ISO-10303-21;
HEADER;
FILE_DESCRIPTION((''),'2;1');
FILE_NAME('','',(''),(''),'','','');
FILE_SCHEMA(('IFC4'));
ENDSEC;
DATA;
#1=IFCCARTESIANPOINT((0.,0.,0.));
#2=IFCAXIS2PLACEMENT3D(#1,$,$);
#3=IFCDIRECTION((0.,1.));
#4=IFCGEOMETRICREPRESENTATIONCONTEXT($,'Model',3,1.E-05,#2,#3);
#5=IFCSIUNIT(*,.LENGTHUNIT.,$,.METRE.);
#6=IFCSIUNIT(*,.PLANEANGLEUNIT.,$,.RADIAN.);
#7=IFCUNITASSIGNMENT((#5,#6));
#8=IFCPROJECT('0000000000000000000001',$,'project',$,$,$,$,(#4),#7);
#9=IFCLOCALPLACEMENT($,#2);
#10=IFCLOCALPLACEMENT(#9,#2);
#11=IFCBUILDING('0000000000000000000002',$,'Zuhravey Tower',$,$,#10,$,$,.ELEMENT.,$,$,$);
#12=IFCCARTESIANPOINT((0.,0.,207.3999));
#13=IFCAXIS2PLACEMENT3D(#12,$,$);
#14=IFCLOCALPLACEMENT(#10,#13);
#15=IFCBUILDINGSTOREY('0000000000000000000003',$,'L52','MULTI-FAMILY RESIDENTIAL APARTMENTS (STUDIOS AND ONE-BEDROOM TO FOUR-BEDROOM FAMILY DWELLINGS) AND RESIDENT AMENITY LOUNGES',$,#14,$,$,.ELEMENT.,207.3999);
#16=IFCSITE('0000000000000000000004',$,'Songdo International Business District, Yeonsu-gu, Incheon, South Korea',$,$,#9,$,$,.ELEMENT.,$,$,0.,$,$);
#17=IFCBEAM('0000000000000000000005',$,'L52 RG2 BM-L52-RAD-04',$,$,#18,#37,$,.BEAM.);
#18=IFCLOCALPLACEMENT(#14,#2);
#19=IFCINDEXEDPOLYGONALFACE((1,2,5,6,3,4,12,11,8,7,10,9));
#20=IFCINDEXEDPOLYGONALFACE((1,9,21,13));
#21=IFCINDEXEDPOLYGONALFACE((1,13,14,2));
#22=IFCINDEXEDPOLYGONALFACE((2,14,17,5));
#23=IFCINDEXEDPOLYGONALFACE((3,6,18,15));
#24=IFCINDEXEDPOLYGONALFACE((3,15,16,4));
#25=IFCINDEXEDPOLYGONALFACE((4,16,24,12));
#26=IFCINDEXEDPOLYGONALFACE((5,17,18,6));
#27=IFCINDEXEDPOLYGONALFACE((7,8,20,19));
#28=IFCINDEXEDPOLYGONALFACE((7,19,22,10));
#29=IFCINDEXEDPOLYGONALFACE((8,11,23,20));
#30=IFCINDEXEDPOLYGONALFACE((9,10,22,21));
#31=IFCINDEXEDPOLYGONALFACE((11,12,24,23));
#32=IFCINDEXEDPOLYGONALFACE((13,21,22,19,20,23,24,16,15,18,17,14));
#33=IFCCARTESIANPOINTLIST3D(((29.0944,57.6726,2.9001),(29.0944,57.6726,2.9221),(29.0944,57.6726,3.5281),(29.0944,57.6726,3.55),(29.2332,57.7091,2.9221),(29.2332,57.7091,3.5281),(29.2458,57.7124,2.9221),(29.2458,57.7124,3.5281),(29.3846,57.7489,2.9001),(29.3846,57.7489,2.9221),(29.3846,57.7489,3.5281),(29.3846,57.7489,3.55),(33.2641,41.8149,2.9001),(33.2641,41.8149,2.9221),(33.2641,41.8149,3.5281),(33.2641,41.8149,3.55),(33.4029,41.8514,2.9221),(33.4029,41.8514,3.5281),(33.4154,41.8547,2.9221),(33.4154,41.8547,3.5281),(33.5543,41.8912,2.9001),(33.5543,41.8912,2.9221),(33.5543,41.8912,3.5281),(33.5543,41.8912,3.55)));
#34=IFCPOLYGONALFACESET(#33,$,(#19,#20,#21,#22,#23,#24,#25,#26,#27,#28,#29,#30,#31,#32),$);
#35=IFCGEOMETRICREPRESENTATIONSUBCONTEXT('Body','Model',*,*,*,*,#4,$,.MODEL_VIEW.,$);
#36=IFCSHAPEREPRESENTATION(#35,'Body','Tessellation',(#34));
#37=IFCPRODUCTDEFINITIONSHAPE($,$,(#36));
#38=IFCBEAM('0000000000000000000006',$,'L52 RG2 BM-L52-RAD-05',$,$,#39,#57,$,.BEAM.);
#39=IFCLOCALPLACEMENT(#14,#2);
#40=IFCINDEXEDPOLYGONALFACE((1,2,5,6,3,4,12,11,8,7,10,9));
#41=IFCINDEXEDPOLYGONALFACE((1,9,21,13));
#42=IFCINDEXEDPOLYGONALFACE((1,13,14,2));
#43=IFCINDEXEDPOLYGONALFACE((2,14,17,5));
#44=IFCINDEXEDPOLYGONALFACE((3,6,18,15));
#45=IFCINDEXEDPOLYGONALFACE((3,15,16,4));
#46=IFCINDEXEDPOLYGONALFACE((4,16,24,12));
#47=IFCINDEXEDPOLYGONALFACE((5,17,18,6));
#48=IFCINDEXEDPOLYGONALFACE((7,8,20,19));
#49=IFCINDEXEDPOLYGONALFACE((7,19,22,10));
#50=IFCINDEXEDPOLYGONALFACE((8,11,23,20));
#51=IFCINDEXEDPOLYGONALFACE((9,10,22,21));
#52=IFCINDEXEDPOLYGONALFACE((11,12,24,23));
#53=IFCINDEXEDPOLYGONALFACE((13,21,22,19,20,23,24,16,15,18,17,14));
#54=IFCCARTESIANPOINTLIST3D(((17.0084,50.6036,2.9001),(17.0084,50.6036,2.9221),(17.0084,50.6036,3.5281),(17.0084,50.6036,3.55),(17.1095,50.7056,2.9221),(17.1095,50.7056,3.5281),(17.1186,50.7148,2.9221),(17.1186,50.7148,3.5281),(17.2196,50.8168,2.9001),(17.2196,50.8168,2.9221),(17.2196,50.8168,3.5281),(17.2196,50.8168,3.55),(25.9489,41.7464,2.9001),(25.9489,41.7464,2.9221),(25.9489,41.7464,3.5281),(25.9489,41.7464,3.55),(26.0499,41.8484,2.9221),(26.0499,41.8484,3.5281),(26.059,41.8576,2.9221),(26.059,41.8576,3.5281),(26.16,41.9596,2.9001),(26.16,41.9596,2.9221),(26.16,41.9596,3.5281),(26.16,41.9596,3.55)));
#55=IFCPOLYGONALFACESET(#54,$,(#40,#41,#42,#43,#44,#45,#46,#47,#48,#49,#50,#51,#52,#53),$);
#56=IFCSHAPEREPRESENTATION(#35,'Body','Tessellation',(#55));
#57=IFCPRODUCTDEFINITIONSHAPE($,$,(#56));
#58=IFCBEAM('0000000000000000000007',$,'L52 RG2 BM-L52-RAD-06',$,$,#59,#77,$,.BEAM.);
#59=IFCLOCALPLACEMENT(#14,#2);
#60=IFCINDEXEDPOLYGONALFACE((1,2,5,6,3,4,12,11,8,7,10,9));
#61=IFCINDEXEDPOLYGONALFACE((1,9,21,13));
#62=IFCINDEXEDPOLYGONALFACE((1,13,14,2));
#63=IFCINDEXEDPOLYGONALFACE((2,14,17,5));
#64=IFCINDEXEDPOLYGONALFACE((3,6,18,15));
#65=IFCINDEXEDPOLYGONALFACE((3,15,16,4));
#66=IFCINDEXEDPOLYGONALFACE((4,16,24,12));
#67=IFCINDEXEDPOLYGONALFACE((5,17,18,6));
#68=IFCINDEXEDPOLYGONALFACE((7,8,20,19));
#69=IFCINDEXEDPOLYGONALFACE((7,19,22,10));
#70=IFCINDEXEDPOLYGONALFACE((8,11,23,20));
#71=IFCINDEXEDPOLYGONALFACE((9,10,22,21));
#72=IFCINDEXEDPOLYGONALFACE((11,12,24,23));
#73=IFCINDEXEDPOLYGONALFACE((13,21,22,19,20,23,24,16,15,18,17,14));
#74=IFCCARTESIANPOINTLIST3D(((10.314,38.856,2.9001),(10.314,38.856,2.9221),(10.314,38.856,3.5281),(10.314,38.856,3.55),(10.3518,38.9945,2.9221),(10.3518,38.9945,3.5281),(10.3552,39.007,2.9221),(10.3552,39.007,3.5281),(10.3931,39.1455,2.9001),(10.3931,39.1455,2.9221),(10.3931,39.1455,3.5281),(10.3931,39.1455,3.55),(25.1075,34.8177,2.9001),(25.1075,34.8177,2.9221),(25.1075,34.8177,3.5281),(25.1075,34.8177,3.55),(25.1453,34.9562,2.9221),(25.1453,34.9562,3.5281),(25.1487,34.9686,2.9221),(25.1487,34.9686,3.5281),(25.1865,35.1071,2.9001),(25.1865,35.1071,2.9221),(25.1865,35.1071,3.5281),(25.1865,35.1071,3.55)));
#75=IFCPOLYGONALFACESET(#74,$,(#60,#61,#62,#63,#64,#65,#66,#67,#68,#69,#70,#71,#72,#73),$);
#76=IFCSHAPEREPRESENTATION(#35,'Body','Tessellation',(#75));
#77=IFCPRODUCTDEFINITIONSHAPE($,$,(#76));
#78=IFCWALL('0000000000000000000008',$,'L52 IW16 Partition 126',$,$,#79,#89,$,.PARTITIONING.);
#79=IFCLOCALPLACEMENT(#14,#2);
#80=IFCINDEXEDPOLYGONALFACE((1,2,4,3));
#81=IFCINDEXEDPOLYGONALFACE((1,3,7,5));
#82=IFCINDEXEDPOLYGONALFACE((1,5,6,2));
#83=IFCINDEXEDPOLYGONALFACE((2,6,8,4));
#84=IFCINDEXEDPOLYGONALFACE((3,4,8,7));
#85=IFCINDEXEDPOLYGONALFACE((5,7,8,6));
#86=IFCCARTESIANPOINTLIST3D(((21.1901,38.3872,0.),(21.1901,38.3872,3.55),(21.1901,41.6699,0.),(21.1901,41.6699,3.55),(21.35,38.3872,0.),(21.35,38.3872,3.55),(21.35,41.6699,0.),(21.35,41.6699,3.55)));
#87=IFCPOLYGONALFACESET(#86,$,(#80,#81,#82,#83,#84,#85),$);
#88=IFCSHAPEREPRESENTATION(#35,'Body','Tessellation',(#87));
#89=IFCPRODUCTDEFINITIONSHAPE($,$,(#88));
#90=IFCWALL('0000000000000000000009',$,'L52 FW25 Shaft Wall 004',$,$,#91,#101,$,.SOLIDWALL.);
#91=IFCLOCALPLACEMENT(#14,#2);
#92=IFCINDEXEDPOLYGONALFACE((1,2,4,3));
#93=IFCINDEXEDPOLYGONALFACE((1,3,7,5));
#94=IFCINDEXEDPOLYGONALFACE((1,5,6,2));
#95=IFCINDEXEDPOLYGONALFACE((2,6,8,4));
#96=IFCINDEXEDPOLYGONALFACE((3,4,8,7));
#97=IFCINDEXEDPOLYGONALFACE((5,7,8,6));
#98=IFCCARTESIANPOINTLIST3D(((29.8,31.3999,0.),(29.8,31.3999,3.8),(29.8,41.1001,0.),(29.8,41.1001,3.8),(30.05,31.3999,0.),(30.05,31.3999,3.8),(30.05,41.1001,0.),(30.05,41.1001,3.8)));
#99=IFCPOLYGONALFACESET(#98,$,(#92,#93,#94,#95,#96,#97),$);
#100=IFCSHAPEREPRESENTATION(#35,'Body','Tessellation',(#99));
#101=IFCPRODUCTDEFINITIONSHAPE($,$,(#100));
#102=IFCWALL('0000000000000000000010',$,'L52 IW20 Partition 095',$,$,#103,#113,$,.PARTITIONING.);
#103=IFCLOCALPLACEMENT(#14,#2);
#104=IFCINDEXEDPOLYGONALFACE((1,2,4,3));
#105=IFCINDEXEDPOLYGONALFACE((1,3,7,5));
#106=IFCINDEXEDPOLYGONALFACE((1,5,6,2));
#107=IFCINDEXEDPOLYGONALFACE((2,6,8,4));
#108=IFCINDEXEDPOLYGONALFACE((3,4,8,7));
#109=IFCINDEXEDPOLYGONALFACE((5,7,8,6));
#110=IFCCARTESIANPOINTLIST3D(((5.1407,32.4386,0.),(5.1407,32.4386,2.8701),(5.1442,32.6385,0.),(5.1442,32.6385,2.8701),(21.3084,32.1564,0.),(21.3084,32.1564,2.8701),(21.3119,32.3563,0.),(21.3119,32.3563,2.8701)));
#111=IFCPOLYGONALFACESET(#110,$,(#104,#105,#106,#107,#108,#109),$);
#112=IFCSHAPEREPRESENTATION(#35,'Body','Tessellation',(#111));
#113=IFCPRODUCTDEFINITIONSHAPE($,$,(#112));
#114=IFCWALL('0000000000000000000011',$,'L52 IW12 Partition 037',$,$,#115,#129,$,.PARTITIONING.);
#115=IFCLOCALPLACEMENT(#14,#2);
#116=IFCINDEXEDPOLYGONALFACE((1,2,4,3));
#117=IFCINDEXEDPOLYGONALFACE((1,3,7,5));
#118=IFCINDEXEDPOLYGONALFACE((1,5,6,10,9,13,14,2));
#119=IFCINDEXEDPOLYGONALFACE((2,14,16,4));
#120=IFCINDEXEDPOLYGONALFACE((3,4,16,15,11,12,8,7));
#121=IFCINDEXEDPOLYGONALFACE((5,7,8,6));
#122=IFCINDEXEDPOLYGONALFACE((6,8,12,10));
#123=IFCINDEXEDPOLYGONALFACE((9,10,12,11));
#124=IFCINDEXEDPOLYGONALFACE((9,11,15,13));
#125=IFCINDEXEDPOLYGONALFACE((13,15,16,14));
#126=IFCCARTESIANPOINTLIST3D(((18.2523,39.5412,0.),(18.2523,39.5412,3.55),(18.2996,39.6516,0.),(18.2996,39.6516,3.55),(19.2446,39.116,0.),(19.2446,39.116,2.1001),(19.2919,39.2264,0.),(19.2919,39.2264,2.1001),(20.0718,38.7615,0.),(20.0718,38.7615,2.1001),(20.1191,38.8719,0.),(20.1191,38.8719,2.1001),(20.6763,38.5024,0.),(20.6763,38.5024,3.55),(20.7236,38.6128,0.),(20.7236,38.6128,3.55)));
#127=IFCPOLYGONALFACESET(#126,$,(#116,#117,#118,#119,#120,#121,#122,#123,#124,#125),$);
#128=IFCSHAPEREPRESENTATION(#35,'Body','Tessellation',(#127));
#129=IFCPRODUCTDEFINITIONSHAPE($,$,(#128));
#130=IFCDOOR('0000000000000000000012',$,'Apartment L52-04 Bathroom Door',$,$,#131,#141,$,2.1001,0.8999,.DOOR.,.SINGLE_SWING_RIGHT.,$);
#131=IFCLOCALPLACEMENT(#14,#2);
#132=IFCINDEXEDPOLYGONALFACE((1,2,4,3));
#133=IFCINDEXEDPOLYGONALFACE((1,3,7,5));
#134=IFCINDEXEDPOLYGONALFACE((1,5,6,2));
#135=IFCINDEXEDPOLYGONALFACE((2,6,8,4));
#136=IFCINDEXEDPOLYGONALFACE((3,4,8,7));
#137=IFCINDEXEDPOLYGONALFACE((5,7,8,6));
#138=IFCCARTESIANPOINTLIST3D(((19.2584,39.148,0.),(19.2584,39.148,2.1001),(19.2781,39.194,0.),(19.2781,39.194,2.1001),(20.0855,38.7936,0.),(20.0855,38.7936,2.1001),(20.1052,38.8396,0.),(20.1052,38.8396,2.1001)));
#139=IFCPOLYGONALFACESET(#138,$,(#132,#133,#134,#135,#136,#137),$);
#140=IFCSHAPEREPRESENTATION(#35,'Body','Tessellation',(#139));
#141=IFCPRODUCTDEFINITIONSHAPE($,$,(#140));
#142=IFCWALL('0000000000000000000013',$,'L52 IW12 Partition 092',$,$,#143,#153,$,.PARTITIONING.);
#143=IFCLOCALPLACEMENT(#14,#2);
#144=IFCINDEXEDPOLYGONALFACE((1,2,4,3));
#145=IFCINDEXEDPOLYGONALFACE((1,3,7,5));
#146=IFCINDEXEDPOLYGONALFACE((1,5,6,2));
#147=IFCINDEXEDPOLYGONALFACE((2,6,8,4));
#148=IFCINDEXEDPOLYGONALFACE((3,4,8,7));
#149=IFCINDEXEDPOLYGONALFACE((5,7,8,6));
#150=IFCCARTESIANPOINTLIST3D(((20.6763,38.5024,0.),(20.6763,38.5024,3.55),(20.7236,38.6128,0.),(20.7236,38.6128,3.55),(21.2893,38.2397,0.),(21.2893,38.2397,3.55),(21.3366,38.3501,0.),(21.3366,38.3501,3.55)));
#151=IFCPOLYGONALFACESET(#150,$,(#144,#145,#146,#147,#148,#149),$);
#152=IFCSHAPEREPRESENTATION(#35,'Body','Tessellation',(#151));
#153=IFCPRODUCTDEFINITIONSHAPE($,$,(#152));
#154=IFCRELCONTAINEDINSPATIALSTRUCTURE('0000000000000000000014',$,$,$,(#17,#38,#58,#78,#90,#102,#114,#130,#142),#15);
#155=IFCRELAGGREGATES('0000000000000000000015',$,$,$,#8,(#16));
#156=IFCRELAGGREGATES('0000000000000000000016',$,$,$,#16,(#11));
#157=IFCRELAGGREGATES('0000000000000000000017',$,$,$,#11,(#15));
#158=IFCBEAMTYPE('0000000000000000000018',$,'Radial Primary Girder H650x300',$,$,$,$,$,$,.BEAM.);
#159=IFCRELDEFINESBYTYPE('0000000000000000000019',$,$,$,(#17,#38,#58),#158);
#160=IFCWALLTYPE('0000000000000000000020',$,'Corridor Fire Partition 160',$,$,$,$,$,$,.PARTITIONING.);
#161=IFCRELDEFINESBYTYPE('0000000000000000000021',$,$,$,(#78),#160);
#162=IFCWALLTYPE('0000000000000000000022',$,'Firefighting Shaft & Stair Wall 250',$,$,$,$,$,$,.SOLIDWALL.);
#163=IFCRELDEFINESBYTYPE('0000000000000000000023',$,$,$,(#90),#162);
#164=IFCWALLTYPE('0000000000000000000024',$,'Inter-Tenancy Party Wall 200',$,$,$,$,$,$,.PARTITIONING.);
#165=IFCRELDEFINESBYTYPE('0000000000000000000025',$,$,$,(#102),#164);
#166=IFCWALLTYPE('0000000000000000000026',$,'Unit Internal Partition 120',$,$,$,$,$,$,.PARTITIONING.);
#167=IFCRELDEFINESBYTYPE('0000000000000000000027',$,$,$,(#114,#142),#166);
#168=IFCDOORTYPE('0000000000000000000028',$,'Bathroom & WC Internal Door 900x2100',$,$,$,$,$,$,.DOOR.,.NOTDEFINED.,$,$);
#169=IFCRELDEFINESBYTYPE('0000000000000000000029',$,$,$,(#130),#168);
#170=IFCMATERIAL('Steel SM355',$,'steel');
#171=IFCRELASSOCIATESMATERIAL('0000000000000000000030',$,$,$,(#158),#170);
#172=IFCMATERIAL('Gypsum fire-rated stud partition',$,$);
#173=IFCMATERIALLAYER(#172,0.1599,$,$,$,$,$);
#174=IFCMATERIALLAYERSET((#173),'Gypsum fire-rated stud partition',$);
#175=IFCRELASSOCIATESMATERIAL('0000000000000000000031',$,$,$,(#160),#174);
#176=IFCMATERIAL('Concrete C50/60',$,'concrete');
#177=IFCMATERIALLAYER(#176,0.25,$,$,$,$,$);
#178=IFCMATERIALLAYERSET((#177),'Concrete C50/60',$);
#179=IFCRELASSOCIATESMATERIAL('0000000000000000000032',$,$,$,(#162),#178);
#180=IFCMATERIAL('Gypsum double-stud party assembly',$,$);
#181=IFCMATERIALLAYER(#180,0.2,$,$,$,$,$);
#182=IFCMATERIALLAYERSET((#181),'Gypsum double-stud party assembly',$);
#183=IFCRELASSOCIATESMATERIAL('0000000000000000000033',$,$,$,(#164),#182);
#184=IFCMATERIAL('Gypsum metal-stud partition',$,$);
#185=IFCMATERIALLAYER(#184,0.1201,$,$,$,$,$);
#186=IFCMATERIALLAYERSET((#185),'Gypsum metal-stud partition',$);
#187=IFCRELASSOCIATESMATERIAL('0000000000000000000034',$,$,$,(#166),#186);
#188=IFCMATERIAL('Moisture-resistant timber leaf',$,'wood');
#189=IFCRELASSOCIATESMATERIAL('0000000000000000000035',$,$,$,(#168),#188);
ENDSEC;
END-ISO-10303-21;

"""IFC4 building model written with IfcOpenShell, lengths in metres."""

from ifc_helpers import new_model, si_unit, direction, frame, frame_2d, origin, origin_2d, place, context, subcontext, project, spatial, rectangle, i_section, extrude, material, layer, layer_set, material_profile, profile_set, type_object, element, fill, save


model = new_model("IFC4")

# Units and contexts
model_context = context("Model", 3, precision=1e-05, world=origin(), true_north=direction((0.0, 1.0)))
body_context = subcontext(model_context, "Body", "Model", "MODEL_VIEW")
ifc_project = project(units=[si_unit("LENGTHUNIT", "METRE"), si_unit("PLANEANGLEUNIT", "RADIAN")], contexts=[model_context])

# Site, building, storey
site_placement = place(None, origin())
site = spatial("IfcSite", under=ifc_project, at=site_placement, Name="Songdo International Business District, Yeonsu-gu, Incheon, South Korea", CompositionType="ELEMENT", RefElevation=0.0)
building_placement = place(site_placement, origin())
building = spatial("IfcBuilding", under=site, at=building_placement, Name="Zuhravey Tower", CompositionType="ELEMENT")
storey_placement = place(building_placement, frame((0.0, 0.0, 207.3999)))
storey = spatial("IfcBuildingStorey", under=building, at=storey_placement, Name="L52", Description="MULTI-FAMILY RESIDENTIAL APARTMENTS (STUDIOS AND ONE-BEDROOM TO FOUR-BEDROOM FAMILY DWELLINGS) AND RESIDENT AMENITY LOUNGES", CompositionType="ELEMENT", Elevation=207.3999)

# Beams
ifc_material_1 = material(Name="Steel SM355", Category="steel")
ifc_material_profile = material_profile(ifc_material_1, i_section(OverallWidth=0.3, OverallDepth=0.6499, WebThickness=0.0129, FlangeThickness=0.022, at=origin_2d()), Name="H-650x300x13x22")
ifc_profile_set = profile_set([ifc_material_profile], Name="Steel SM355")
beam_type = type_object("IfcBeamType", Name="Radial Primary Girder H650x300", PredefinedType="BEAM", material=ifc_profile_set)
beam_1_placement = place(storey_placement, frame((33.4092, 41.853, 3.2251), z_axis=(-0.2543, 0.967125, 0.0), x_axis=(-0.967125, -0.2543, 0.0)))
element("IfcBeam", 1, at=beam_1_placement, inside=storey, type_object=beam_type, Name="L52 RG2 BM-L52-RAD-04", PredefinedType="BEAM", context=body_context, shape_type="SweptSolid", body=[
    extrude(i_section(OverallWidth=0.3, OverallDepth=0.6499, WebThickness=0.0129, FlangeThickness=0.022, at=origin_2d()), origin(), (0.0, 0.0, 1.0), 16.3967),
])
beam_2_placement = place(storey_placement, frame((26.0544, 41.853, 3.2251), z_axis=(-0.710407, 0.703791, 0.0), x_axis=(-0.703791, -0.710407, 0.0)))
element("IfcBeam", 2, at=beam_2_placement, inside=storey, type_object=beam_type, Name="L52 RG2 BM-L52-RAD-05", PredefinedType="BEAM", context=body_context, shape_type="SweptSolid", body=[
    extrude(i_section(OverallWidth=0.3, OverallDepth=0.6499, WebThickness=0.0129, FlangeThickness=0.022, at=origin_2d()), origin(), (0.0, 0.0, 1.0), 12.585),
])
beam_3_placement = place(storey_placement, frame((25.147, 34.9624, 3.2251), z_axis=(-0.964702, 0.263345, 0.0), x_axis=(-0.263345, -0.964702, 0.0)))
element("IfcBeam", 3, at=beam_3_placement, inside=storey, type_object=beam_type, Name="L52 RG2 BM-L52-RAD-06", PredefinedType="BEAM", context=body_context, shape_type="SweptSolid", body=[
    extrude(i_section(OverallWidth=0.3, OverallDepth=0.6499, WebThickness=0.0129, FlangeThickness=0.022, at=origin_2d()), origin(), (0.0, 0.0, 1.0), 15.3347),
])

# Shared definitions
ifc_material_2 = material(Name="Gypsum fire-rated stud partition")
ifc_layer_1 = layer(ifc_material_2, 0.1599)
ifc_layer_set_1 = layer_set([ifc_layer_1], Name="Gypsum fire-rated stud partition")
wall_type_1 = type_object("IfcWallType", Name="Corridor Fire Partition 160", PredefinedType="PARTITIONING", material=ifc_layer_set_1)

# Wall
wall_1_placement = place(storey_placement, frame((21.27, 41.6699, 0.0), z_axis=(0.0, 0.0, 1.0), x_axis=(0.0, -1.0, 0.0)))
element("IfcWall", 4, at=wall_1_placement, inside=storey, type_object=wall_type_1, Name="L52 IW16 Partition 126", PredefinedType="PARTITIONING", context=body_context, shape_type="SweptSolid", body=[
    extrude(rectangle(XDim=3.2827, YDim=0.1599, at=frame_2d((1.6414, 0.0))), origin(), (0.0, 0.0, 1.0), 3.55),
])

# Shared definitions
ifc_material_3 = material(Name="Concrete C50/60", Category="concrete")
ifc_layer_2 = layer(ifc_material_3, 0.25)
ifc_layer_set_2 = layer_set([ifc_layer_2], Name="Concrete C50/60")
wall_type_2 = type_object("IfcWallType", Name="Firefighting Shaft & Stair Wall 250", PredefinedType="SOLIDWALL", material=ifc_layer_set_2)

# Walls
wall_2_placement = place(storey_placement, frame((29.925, 31.3999, 0.0), z_axis=(0.0, 0.0, 1.0), x_axis=(0.0, 1.0, 0.0)))
element("IfcWall", 5, at=wall_2_placement, inside=storey, type_object=wall_type_2, Name="L52 FW25 Shaft Wall 004", PredefinedType="SOLIDWALL", context=body_context, shape_type="SweptSolid", body=[
    extrude(rectangle(XDim=9.7002, YDim=0.25, at=frame_2d((4.8501, 0.0))), origin(), (0.0, 0.0, 1.0), 3.8),
])
ifc_material_4 = material(Name="Gypsum double-stud party assembly")
ifc_layer_3 = layer(ifc_material_4, 0.2)
ifc_layer_set_3 = layer_set([ifc_layer_3], Name="Gypsum double-stud party assembly")
wall_type_3 = type_object("IfcWallType", Name="Inter-Tenancy Party Wall 200", PredefinedType="PARTITIONING", material=ifc_layer_set_3)
wall_3_placement = place(storey_placement, frame((21.3101, 32.2563, 0.0), z_axis=(0.0, 0.0, 1.0), x_axis=(-0.999848, 0.017454, 0.0)))
element("IfcWall", 6, at=wall_3_placement, inside=storey, type_object=wall_type_3, Name="L52 IW20 Partition 095", PredefinedType="PARTITIONING", context=body_context, shape_type="SweptSolid", body=[
    extrude(rectangle(XDim=16.1702, YDim=0.2, at=frame_2d((8.085, 0.0))), origin(), (0.0, 0.0, 1.0), 2.8701),
])

# Wall, opening, door
ifc_material_5 = material(Name="Gypsum metal-stud partition")
ifc_layer_4 = layer(ifc_material_5, 0.1201)
ifc_layer_set_4 = layer_set([ifc_layer_4], Name="Gypsum metal-stud partition")
wall_type_4 = type_object("IfcWallType", Name="Unit Internal Partition 120", PredefinedType="PARTITIONING", material=ifc_layer_set_4)
wall_4_placement = place(storey_placement, frame((20.7, 38.5576, 0.0), z_axis=(0.0, 0.0, 1.0), x_axis=(-0.919155, 0.393897, 0.0)))
wall_4 = element("IfcWall", 7, at=wall_4_placement, inside=storey, type_object=wall_type_4, Name="L52 IW12 Partition 037", PredefinedType="PARTITIONING", context=body_context, shape_type="SweptSolid", body=[
    extrude(rectangle(XDim=2.6372, YDim=0.1201, at=frame_2d((1.3186, 0.0))), origin(), (0.0, 0.0, 1.0), 3.55),
])
opening_1_placement = place(wall_4_placement, frame((0.6577, 0.0, 0.0)))
opening_1 = element("IfcOpeningElement", 8, at=opening_1_placement, cuts=wall_4, PredefinedType="OPENING", context=body_context, shape_type="SweptSolid", body=[
    extrude(rectangle(XDim=0.8999, YDim=2.1001, at=frame_2d((0.45, 1.05))), frame((0.0, 0.072, 0.0), z_axis=(0.0, -1.0, 0.0), x_axis=(1.0, 0.0, 0.0)), (0.0, 0.0, 1.0), 0.144),
])
ifc_material_6 = material(Name="Moisture-resistant timber leaf", Category="wood")
door_type_1 = type_object("IfcDoorType", Name="Bathroom & WC Internal Door 900x2100", OperationType="NOTDEFINED", PredefinedType="DOOR", material=ifc_material_6)
door_1_placement = place(opening_1_placement, frame((0.8999, 0.0, 0.0), z_axis=(0.0, 0.0, 1.0), x_axis=(-1.0, 0.0, 0.0)))
door_1 = element("IfcDoor", 9, at=door_1_placement, inside=storey, type_object=door_type_1, Name="Apartment L52-04 Bathroom Door", OperationType="SINGLE_SWING_RIGHT", OverallHeight=2.1001, OverallWidth=0.8999, PredefinedType="DOOR", context=body_context, shape_type="SweptSolid", body=[
    extrude(rectangle(XDim=0.8999, YDim=2.1001, at=frame_2d((0.45, 1.05))), frame((0.0, 0.0249, 0.0), z_axis=(0.0, -1.0, 0.0), x_axis=(1.0, 0.0, 0.0)), (0.0, 0.0, 1.0), 0.05),
])
fill(opening_1, door_1)

# Wall
wall_5_placement = place(storey_placement, frame((21.313, 38.2949, 0.0), z_axis=(0.0, 0.0, 1.0), x_axis=(-0.919164, 0.393875, 0.0)))
element("IfcWall", 10, at=wall_5_placement, inside=storey, type_object=wall_type_4, Name="L52 IW12 Partition 092", PredefinedType="PARTITIONING", context=body_context, shape_type="SweptSolid", body=[
    extrude(rectangle(XDim=0.667, YDim=0.1201, at=frame_2d((0.3335, 0.0))), origin(), (0.0, 0.0, 1.0), 3.55),
])

save(model, "model.ifc")
